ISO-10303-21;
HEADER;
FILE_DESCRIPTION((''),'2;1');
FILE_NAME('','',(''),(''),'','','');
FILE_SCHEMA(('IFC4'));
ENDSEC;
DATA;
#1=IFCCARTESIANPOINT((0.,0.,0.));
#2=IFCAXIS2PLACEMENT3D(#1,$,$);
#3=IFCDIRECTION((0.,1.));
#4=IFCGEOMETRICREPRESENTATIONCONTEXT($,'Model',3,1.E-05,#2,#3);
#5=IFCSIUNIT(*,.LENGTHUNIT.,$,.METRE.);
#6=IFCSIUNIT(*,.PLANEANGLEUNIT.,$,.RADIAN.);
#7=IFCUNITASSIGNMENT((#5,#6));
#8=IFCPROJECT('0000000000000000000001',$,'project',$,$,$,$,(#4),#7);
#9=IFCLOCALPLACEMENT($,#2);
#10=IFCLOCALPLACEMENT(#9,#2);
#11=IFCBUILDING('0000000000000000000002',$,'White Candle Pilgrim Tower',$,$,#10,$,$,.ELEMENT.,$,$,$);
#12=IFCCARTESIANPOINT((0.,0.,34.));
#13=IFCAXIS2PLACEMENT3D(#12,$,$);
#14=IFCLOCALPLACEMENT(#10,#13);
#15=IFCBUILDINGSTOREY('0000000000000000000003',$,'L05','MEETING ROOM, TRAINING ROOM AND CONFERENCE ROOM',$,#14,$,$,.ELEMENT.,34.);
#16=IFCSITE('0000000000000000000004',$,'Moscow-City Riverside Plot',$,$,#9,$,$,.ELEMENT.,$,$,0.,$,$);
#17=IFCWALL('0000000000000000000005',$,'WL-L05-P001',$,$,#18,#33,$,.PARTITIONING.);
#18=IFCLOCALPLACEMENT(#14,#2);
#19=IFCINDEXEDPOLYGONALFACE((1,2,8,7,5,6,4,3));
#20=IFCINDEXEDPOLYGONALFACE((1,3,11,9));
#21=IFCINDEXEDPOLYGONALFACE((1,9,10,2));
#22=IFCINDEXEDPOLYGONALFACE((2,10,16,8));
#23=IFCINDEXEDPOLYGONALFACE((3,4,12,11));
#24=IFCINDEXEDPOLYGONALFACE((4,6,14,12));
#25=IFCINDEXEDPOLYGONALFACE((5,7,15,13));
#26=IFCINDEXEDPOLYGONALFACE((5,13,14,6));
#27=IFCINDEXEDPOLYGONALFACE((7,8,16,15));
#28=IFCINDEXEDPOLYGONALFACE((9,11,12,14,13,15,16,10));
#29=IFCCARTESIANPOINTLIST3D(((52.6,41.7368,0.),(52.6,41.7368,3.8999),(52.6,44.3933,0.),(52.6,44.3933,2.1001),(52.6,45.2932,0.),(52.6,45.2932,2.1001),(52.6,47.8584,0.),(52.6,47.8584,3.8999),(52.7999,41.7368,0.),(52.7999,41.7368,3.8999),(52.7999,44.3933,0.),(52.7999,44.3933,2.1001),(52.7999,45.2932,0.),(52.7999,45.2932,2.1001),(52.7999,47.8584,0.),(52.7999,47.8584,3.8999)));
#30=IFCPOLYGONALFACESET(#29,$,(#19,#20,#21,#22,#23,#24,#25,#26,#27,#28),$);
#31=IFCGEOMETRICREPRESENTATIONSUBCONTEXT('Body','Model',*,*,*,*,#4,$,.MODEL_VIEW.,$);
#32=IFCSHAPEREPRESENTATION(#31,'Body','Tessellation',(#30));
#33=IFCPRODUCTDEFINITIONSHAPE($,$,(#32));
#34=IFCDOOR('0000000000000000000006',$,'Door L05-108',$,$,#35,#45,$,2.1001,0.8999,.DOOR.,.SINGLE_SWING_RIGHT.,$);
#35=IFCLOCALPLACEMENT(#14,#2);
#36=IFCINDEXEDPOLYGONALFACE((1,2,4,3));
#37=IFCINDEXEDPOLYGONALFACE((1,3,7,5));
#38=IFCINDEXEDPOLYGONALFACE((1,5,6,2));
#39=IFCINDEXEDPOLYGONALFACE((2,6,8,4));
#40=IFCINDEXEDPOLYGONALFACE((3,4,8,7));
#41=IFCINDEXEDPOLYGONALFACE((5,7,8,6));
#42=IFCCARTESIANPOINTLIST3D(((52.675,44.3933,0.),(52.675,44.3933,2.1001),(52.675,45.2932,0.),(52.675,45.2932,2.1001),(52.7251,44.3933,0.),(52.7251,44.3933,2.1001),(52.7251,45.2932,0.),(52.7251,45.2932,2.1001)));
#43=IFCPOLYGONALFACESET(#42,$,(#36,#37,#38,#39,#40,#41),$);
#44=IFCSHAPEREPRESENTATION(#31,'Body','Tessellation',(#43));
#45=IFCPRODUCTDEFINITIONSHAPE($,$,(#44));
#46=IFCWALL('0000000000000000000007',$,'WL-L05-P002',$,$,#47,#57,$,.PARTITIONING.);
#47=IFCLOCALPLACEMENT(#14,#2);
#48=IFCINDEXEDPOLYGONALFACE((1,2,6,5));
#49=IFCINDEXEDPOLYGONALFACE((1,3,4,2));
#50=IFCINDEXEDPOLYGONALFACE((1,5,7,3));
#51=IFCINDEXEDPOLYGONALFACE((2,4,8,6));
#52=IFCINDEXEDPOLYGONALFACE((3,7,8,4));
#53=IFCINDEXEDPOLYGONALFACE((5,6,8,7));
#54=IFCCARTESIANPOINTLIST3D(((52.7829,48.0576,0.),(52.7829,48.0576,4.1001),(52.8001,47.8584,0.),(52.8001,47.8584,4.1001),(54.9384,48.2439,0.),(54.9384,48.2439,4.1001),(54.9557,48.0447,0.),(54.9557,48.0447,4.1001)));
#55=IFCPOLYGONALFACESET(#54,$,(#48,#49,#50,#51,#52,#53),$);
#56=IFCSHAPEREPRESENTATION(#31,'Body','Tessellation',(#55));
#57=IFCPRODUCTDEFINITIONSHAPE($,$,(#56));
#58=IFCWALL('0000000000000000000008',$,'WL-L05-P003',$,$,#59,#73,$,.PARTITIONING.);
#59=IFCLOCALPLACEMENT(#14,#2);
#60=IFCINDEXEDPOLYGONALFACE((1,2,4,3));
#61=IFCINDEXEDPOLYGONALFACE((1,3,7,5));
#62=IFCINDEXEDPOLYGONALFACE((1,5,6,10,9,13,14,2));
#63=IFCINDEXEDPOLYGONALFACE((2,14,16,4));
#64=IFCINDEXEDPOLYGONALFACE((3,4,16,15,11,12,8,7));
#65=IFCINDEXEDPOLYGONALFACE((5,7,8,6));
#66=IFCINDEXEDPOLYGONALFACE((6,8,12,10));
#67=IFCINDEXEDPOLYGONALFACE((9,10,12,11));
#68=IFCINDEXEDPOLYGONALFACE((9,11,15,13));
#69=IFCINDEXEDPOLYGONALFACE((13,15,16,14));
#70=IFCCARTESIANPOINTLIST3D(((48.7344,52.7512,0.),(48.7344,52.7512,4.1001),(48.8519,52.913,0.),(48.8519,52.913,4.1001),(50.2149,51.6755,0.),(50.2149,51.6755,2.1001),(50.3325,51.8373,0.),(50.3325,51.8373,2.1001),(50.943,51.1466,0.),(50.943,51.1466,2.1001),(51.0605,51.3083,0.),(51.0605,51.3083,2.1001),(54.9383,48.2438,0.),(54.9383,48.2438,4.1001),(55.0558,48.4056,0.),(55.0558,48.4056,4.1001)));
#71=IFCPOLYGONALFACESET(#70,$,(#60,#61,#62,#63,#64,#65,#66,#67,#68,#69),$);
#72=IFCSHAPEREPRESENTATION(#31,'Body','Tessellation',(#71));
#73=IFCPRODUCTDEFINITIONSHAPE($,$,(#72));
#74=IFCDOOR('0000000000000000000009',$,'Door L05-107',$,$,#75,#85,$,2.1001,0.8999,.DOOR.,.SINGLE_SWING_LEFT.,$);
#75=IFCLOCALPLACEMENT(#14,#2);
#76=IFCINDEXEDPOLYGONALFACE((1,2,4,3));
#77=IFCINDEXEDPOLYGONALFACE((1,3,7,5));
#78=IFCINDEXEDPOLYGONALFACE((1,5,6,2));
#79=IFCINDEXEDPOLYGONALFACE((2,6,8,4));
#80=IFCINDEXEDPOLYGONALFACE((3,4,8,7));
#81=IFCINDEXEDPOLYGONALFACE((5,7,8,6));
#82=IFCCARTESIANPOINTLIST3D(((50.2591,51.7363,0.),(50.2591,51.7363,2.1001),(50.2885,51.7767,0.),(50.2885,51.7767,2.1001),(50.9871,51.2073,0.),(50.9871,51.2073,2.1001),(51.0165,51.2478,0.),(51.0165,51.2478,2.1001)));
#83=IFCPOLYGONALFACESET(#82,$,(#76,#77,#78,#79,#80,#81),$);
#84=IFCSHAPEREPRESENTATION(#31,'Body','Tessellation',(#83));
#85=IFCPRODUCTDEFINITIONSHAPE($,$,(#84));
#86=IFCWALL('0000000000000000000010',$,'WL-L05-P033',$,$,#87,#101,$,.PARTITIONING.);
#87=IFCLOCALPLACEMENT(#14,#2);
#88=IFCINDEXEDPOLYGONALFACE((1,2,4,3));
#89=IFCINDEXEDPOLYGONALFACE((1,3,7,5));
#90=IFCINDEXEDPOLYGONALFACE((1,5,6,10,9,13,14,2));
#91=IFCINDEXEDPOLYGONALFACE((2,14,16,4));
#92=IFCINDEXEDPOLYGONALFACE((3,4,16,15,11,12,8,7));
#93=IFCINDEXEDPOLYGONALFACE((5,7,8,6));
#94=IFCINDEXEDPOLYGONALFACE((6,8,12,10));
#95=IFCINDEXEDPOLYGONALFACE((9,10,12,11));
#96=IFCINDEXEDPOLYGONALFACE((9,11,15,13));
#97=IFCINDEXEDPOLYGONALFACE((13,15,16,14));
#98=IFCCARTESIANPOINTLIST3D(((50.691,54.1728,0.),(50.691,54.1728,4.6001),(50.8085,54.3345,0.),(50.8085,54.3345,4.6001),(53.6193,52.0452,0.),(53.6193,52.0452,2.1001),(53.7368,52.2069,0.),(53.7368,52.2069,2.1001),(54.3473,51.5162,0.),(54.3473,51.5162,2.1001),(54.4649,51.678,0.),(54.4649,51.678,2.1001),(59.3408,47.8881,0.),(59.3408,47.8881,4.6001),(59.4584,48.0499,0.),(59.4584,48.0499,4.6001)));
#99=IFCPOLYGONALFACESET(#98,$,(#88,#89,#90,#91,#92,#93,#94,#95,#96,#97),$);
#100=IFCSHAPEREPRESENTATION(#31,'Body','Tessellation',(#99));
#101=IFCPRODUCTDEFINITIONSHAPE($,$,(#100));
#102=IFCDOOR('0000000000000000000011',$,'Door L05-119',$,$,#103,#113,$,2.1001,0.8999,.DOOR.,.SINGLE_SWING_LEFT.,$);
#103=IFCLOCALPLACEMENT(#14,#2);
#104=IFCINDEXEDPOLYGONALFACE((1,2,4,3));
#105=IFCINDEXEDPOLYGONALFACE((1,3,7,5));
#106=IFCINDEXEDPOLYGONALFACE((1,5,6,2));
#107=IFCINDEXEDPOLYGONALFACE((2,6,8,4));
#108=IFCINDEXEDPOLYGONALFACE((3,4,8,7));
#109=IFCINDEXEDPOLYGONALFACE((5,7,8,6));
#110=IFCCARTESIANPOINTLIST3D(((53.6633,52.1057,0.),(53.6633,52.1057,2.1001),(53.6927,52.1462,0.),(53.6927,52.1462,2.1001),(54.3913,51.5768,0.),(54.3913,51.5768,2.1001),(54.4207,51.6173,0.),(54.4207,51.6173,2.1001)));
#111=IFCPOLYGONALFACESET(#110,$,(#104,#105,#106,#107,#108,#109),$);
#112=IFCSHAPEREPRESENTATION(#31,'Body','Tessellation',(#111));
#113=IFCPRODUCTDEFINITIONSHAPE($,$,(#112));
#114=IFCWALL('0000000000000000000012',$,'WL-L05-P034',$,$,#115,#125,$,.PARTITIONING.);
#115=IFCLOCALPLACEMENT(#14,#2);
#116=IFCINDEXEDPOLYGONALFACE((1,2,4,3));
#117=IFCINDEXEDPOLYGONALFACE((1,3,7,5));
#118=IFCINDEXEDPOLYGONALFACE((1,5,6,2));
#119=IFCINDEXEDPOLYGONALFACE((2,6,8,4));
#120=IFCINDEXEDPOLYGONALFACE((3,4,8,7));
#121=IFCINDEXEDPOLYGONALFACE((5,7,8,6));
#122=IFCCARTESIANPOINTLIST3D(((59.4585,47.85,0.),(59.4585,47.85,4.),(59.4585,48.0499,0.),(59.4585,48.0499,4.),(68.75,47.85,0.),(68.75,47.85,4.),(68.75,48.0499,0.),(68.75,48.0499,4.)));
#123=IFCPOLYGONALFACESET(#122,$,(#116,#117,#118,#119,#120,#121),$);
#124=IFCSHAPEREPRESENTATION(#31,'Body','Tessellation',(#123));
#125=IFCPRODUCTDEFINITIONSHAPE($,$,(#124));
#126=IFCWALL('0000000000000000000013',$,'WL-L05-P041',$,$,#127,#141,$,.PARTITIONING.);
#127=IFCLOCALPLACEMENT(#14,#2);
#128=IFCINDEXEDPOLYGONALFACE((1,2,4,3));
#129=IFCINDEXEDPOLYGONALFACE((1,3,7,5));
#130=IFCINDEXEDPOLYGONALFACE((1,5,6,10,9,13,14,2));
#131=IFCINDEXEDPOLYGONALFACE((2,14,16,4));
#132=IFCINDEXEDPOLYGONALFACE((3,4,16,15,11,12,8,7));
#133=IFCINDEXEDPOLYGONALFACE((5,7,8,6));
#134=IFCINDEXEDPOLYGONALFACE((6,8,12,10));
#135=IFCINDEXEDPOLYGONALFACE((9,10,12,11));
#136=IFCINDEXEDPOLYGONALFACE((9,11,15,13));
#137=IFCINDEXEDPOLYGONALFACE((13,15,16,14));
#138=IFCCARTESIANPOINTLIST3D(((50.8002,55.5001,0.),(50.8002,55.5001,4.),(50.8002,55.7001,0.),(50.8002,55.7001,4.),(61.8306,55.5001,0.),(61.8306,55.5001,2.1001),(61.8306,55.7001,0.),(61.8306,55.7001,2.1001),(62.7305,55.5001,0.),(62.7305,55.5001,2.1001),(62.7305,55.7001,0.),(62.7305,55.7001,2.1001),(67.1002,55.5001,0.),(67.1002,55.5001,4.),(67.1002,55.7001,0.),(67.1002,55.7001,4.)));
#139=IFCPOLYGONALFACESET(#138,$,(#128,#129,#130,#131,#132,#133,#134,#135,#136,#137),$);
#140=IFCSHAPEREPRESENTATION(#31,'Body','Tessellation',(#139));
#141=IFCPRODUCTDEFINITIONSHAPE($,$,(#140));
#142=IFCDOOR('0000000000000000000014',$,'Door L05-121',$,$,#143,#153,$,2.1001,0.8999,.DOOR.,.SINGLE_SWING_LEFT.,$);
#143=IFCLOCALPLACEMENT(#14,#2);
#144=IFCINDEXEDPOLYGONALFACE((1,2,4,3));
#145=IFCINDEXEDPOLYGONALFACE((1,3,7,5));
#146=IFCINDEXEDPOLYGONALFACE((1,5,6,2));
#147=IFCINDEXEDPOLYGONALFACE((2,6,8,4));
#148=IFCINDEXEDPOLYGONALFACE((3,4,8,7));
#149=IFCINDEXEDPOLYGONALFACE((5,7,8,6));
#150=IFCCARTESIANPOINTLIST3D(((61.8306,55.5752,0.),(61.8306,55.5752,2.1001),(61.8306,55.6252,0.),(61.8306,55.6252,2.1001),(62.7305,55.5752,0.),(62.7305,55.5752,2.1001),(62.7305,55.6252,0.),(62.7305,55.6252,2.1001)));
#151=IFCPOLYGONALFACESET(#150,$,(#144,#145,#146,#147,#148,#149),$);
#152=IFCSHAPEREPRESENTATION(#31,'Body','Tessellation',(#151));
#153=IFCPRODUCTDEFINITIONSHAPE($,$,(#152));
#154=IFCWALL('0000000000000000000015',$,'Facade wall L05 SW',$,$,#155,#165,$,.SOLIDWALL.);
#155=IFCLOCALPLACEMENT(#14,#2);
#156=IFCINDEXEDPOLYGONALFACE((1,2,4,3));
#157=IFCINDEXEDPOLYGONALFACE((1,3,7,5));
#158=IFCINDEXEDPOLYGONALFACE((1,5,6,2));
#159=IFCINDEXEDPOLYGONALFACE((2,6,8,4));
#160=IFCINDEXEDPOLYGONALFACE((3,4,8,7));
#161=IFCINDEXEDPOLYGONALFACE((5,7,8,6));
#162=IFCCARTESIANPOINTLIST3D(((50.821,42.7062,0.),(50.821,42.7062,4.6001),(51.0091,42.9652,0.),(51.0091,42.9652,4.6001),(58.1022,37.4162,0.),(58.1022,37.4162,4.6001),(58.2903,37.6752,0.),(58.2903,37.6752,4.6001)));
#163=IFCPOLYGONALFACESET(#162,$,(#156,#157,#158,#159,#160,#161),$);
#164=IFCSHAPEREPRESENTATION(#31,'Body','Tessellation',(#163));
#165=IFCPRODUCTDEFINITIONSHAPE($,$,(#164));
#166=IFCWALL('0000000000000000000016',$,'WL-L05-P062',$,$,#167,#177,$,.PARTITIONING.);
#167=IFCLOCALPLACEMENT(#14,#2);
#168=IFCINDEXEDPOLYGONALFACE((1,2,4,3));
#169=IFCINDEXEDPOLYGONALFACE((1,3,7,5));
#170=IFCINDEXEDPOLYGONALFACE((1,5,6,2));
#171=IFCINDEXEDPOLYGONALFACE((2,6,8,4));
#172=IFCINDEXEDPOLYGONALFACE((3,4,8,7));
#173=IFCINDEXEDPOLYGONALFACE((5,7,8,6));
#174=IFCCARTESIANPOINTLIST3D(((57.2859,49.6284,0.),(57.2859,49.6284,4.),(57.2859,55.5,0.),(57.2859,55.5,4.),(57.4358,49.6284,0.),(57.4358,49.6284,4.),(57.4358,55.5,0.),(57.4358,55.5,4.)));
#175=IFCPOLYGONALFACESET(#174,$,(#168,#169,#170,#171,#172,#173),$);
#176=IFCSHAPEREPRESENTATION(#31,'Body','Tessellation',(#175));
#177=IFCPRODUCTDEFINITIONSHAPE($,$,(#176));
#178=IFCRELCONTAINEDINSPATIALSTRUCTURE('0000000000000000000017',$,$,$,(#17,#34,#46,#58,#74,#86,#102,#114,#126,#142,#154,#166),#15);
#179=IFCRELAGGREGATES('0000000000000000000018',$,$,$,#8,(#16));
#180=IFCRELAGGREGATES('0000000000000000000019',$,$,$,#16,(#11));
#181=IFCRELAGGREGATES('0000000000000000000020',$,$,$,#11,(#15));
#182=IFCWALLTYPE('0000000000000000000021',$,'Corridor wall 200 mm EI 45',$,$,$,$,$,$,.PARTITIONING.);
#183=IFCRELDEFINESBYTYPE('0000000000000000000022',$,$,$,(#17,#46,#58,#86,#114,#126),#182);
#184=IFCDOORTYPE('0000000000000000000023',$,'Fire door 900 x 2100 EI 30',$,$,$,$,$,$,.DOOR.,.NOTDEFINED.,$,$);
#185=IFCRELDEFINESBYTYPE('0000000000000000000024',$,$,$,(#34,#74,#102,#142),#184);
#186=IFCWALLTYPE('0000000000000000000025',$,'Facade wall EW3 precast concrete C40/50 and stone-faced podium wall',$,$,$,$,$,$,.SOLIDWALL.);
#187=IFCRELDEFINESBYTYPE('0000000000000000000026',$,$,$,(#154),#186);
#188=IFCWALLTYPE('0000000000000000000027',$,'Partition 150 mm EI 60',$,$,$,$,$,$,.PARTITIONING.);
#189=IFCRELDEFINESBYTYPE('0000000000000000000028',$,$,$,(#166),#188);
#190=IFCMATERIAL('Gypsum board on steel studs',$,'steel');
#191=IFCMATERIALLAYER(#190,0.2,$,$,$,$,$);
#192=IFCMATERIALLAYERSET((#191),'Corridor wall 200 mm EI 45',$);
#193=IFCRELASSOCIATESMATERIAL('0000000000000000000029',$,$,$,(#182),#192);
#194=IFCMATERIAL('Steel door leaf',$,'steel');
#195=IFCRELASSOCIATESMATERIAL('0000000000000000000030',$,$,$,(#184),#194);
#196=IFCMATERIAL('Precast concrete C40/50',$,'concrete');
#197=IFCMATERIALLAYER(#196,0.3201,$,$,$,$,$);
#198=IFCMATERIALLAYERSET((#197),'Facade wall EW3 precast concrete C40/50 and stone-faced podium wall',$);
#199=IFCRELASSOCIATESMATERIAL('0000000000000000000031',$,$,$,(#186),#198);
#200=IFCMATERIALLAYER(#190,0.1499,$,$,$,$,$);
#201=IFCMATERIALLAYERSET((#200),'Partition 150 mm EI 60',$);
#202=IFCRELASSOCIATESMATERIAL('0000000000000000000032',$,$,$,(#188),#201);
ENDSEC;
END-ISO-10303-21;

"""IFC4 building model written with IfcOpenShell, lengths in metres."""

from ifc_helpers import new_model, si_unit, direction, frame, frame_2d, origin, place, context, subcontext, project, spatial, rectangle, extrude, material, layer, layer_set, type_object, element, fill, save


model = new_model("IFC4")

# Units and contexts
model_context = context("Model", 3, precision=1e-05, world=origin(), true_north=direction((0.0, 1.0)))
body_context = subcontext(model_context, "Body", "Model", "MODEL_VIEW")
ifc_project = project(units=[si_unit("LENGTHUNIT", "METRE"), si_unit("PLANEANGLEUNIT", "RADIAN")], contexts=[model_context])

# Site, building, storey
site_placement = place(None, origin())
site = spatial("IfcSite", under=ifc_project, at=site_placement, Name="Moscow-City Riverside Plot", CompositionType="ELEMENT", RefElevation=0.0)
building_placement = place(site_placement, origin())
building = spatial("IfcBuilding", under=site, at=building_placement, Name="White Candle Pilgrim Tower", CompositionType="ELEMENT")
storey_placement = place(building_placement, frame((0.0, 0.0, 34.0)))
storey = spatial("IfcBuildingStorey", under=building, at=storey_placement, Name="L05", Description="MEETING ROOM, TRAINING ROOM AND CONFERENCE ROOM", CompositionType="ELEMENT", Elevation=34.0)

# Wall, opening, door
ifc_material_1 = material(Name="Gypsum board on steel studs", Category="steel")
ifc_layer_1 = layer(ifc_material_1, 0.2)
ifc_layer_set_1 = layer_set([ifc_layer_1], Name="Corridor wall 200 mm EI 45")
wall_type_1 = type_object("IfcWallType", Name="Corridor wall 200 mm EI 45", PredefinedType="PARTITIONING", material=ifc_layer_set_1)
wall_1_placement = place(storey_placement, frame((52.7, 41.7368, 0.0), z_axis=(0.0, 0.0, 1.0), x_axis=(0.0, 1.0, 0.0)))
wall_1 = element("IfcWall", 1, at=wall_1_placement, inside=storey, type_object=wall_type_1, Name="WL-L05-P001", PredefinedType="PARTITIONING", context=body_context, shape_type="SweptSolid", body=[
    extrude(rectangle(XDim=6.1216, YDim=0.2, at=frame_2d((3.0608, 0.0))), origin(), (0.0, 0.0, 1.0), 3.8999),
])
opening_1_placement = place(wall_1_placement, frame((2.6565, 0.0, 0.0)))
opening_1 = element("IfcOpeningElement", 2, at=opening_1_placement, cuts=wall_1, PredefinedType="OPENING", context=body_context, shape_type="SweptSolid", body=[
    extrude(rectangle(XDim=0.8999, YDim=2.1001, at=frame_2d((0.45, 1.05))), frame((0.0, 0.1099, 0.0), z_axis=(0.0, -1.0, 0.0), x_axis=(1.0, 0.0, 0.0)), (0.0, 0.0, 1.0), 0.22),
])
ifc_material_2 = material(Name="Steel door leaf", Category="steel")
door_type_1 = type_object("IfcDoorType", Name="Fire door 900 x 2100 EI 30", OperationType="NOTDEFINED", PredefinedType="DOOR", material=ifc_material_2)
door_1_placement = place(opening_1_placement, origin())
door_1 = element("IfcDoor", 3, at=door_1_placement, inside=storey, type_object=door_type_1, Name="Door L05-108", OperationType="SINGLE_SWING_RIGHT", OverallHeight=2.1001, OverallWidth=0.8999, PredefinedType="DOOR", context=body_context, shape_type="SweptSolid", body=[
    extrude(rectangle(XDim=0.8999, YDim=2.1001, at=frame_2d((0.45, 1.05))), frame((0.0, 0.0249, 0.0), z_axis=(0.0, -1.0, 0.0), x_axis=(1.0, 0.0, 0.0)), (0.0, 0.0, 1.0), 0.05),
])
fill(opening_1, door_1)

# Wall
wall_2_placement = place(storey_placement, frame((52.7915, 47.958, 0.0), z_axis=(0.0, 0.0, 1.0), x_axis=(0.996287, 0.086099, 0.0)))
element("IfcWall", 4, at=wall_2_placement, inside=storey, type_object=wall_type_1, Name="WL-L05-P002", PredefinedType="PARTITIONING", context=body_context, shape_type="SweptSolid", body=[
    extrude(rectangle(XDim=2.1636, YDim=0.2, at=frame_2d((1.0818, 0.0))), origin(), (0.0, 0.0, 1.0), 4.1001),
])

# Walls, openings, doors
wall_3_placement = place(storey_placement, frame((54.9971, 48.3247, 0.0), z_axis=(0.0, 0.0, 1.0), x_axis=(-0.80902, 0.587782, 0.0)))
wall_3 = element("IfcWall", 5, at=wall_3_placement, inside=storey, type_object=wall_type_1, Name="WL-L05-P003", PredefinedType="PARTITIONING", context=body_context, shape_type="SweptSolid", body=[
    extrude(rectangle(XDim=7.6685, YDim=0.2, at=frame_2d((3.8342, 0.0))), origin(), (0.0, 0.0, 1.0), 4.1001),
])
opening_2_placement = place(wall_3_placement, frame((4.9385, 0.0, 0.0)))
opening_2 = element("IfcOpeningElement", 6, at=opening_2_placement, cuts=wall_3, PredefinedType="OPENING", context=body_context, shape_type="SweptSolid", body=[
    extrude(rectangle(XDim=0.8999, YDim=2.1001, at=frame_2d((0.45, 1.05))), frame((0.0, 0.1099, 0.0), z_axis=(0.0, -1.0, 0.0), x_axis=(1.0, 0.0, 0.0)), (0.0, 0.0, 1.0), 0.22),
])
door_2_placement = place(opening_2_placement, origin())
door_2 = element("IfcDoor", 7, at=door_2_placement, inside=storey, type_object=door_type_1, Name="Door L05-107", OperationType="SINGLE_SWING_LEFT", OverallHeight=2.1001, OverallWidth=0.8999, PredefinedType="DOOR", context=body_context, shape_type="SweptSolid", body=[
    extrude(rectangle(XDim=0.8999, YDim=2.1001, at=frame_2d((0.45, 1.05))), frame((0.0, 0.0249, 0.0), z_axis=(0.0, -1.0, 0.0), x_axis=(1.0, 0.0, 0.0)), (0.0, 0.0, 1.0), 0.05),
])
fill(opening_2, door_2)
wall_4_placement = place(storey_placement, frame((50.7498, 54.2537, 0.0), z_axis=(0.0, 0.0, 1.0), x_axis=(0.80901, -0.587794, 0.0)))
wall_4 = element("IfcWall", 8, at=wall_4_placement, inside=storey, type_object=wall_type_1, Name="WL-L05-P033", PredefinedType="PARTITIONING", context=body_context, shape_type="SweptSolid", body=[
    extrude(rectangle(XDim=10.6919, YDim=0.2, at=frame_2d((5.3459, 0.0))), origin(), (0.0, 0.0, 1.0), 4.6001),
])
opening_3_placement = place(wall_4_placement, frame((3.6196, 0.0, 0.0)))
opening_3 = element("IfcOpeningElement", 9, at=opening_3_placement, cuts=wall_4, PredefinedType="OPENING", context=body_context, shape_type="SweptSolid", body=[
    extrude(rectangle(XDim=0.8999, YDim=2.1001, at=frame_2d((0.45, 1.05))), frame((0.0, 0.1099, 0.0), z_axis=(0.0, -1.0, 0.0), x_axis=(1.0, 0.0, 0.0)), (0.0, 0.0, 1.0), 0.22),
])
door_3_placement = place(opening_3_placement, origin())
door_3 = element("IfcDoor", 10, at=door_3_placement, inside=storey, type_object=door_type_1, Name="Door L05-119", OperationType="SINGLE_SWING_LEFT", OverallHeight=2.1001, OverallWidth=0.8999, PredefinedType="DOOR", context=body_context, shape_type="SweptSolid", body=[
    extrude(rectangle(XDim=0.8999, YDim=2.1001, at=frame_2d((0.45, 1.05))), frame((0.0, 0.0249, 0.0), z_axis=(0.0, -1.0, 0.0), x_axis=(1.0, 0.0, 0.0)), (0.0, 0.0, 1.0), 0.05),
])
fill(opening_3, door_3)

# Wall
wall_5_placement = place(storey_placement, frame((59.4585, 47.95, 0.0), z_axis=(0.0, 0.0, 1.0), x_axis=(1.0, 0.0, 0.0)))
element("IfcWall", 11, at=wall_5_placement, inside=storey, type_object=wall_type_1, Name="WL-L05-P034", PredefinedType="PARTITIONING", context=body_context, shape_type="SweptSolid", body=[
    extrude(rectangle(XDim=9.2915, YDim=0.2, at=frame_2d((4.6458, 0.0))), origin(), (0.0, 0.0, 1.0), 4.0),
])

# Wall, opening, door
wall_6_placement = place(storey_placement, frame((67.1001, 55.6001, 0.0), z_axis=(0.0, 0.0, 1.0), x_axis=(-1.0, 0.0, 0.0)))
wall_6 = element("IfcWall", 12, at=wall_6_placement, inside=storey, type_object=wall_type_1, Name="WL-L05-P041", PredefinedType="PARTITIONING", context=body_context, shape_type="SweptSolid", body=[
    extrude(rectangle(XDim=16.3, YDim=0.2, at=frame_2d((8.1499, 0.0))), origin(), (0.0, 0.0, 1.0), 4.0),
])
opening_4_placement = place(wall_6_placement, frame((4.3696, 0.0, 0.0)))
opening_4 = element("IfcOpeningElement", 13, at=opening_4_placement, cuts=wall_6, PredefinedType="OPENING", context=body_context, shape_type="SweptSolid", body=[
    extrude(rectangle(XDim=0.8999, YDim=2.1001, at=frame_2d((0.45, 1.05))), frame((0.0, 0.1099, 0.0), z_axis=(0.0, -1.0, 0.0), x_axis=(1.0, 0.0, 0.0)), (0.0, 0.0, 1.0), 0.22),
])
door_4_placement = place(opening_4_placement, origin())
door_4 = element("IfcDoor", 14, at=door_4_placement, inside=storey, type_object=door_type_1, Name="Door L05-121", OperationType="SINGLE_SWING_LEFT", OverallHeight=2.1001, OverallWidth=0.8999, PredefinedType="DOOR", context=body_context, shape_type="SweptSolid", body=[
    extrude(rectangle(XDim=0.8999, YDim=2.1001, at=frame_2d((0.45, 1.05))), frame((0.0, 0.0249, 0.0), z_axis=(0.0, -1.0, 0.0), x_axis=(1.0, 0.0, 0.0)), (0.0, 0.0, 1.0), 0.05),
])
fill(opening_4, door_4)

# Walls
ifc_material_3 = material(Name="Precast concrete C40/50", Category="concrete")
ifc_layer_2 = layer(ifc_material_3, 0.3201)
ifc_layer_set_2 = layer_set([ifc_layer_2], Name="Facade wall EW3 precast concrete C40/50 and stone-faced podium wall")
wall_type_2 = type_object("IfcWallType", Name="Facade wall EW3 precast concrete C40/50 and stone-faced podium wall", PredefinedType="SOLIDWALL", material=ifc_layer_set_2)
wall_7_placement = place(storey_placement, frame((50.915, 42.8357, 0.0), z_axis=(0.0, 0.0, 1.0), x_axis=(0.809022, -0.587778, 0.0)))
element("IfcWall", 15, at=wall_7_placement, inside=storey, type_object=wall_type_2, Name="Facade wall L05 SW", PredefinedType="SOLIDWALL", context=body_context, shape_type="SweptSolid", body=[
    extrude(rectangle(XDim=9.0, YDim=0.3201, at=frame_2d((4.5, 0.0))), origin(), (0.0, 0.0, 1.0), 4.6001),
])
ifc_layer_3 = layer(ifc_material_1, 0.1499)
ifc_layer_set_3 = layer_set([ifc_layer_3], Name="Partition 150 mm EI 60")
wall_type_3 = type_object("IfcWallType", Name="Partition 150 mm EI 60", PredefinedType="PARTITIONING", material=ifc_layer_set_3)
wall_8_placement = place(storey_placement, frame((57.3608, 49.6284, 0.0), z_axis=(0.0, 0.0, 1.0), x_axis=(0.0, 1.0, 0.0)))
element("IfcWall", 16, at=wall_8_placement, inside=storey, type_object=wall_type_3, Name="WL-L05-P062", PredefinedType="PARTITIONING", context=body_context, shape_type="SweptSolid", body=[
    extrude(rectangle(XDim=5.8716, YDim=0.1499, at=frame_2d((2.9358, 0.0))), origin(), (0.0, 0.0, 1.0), 4.0),
])

save(model, "model.ifc")
